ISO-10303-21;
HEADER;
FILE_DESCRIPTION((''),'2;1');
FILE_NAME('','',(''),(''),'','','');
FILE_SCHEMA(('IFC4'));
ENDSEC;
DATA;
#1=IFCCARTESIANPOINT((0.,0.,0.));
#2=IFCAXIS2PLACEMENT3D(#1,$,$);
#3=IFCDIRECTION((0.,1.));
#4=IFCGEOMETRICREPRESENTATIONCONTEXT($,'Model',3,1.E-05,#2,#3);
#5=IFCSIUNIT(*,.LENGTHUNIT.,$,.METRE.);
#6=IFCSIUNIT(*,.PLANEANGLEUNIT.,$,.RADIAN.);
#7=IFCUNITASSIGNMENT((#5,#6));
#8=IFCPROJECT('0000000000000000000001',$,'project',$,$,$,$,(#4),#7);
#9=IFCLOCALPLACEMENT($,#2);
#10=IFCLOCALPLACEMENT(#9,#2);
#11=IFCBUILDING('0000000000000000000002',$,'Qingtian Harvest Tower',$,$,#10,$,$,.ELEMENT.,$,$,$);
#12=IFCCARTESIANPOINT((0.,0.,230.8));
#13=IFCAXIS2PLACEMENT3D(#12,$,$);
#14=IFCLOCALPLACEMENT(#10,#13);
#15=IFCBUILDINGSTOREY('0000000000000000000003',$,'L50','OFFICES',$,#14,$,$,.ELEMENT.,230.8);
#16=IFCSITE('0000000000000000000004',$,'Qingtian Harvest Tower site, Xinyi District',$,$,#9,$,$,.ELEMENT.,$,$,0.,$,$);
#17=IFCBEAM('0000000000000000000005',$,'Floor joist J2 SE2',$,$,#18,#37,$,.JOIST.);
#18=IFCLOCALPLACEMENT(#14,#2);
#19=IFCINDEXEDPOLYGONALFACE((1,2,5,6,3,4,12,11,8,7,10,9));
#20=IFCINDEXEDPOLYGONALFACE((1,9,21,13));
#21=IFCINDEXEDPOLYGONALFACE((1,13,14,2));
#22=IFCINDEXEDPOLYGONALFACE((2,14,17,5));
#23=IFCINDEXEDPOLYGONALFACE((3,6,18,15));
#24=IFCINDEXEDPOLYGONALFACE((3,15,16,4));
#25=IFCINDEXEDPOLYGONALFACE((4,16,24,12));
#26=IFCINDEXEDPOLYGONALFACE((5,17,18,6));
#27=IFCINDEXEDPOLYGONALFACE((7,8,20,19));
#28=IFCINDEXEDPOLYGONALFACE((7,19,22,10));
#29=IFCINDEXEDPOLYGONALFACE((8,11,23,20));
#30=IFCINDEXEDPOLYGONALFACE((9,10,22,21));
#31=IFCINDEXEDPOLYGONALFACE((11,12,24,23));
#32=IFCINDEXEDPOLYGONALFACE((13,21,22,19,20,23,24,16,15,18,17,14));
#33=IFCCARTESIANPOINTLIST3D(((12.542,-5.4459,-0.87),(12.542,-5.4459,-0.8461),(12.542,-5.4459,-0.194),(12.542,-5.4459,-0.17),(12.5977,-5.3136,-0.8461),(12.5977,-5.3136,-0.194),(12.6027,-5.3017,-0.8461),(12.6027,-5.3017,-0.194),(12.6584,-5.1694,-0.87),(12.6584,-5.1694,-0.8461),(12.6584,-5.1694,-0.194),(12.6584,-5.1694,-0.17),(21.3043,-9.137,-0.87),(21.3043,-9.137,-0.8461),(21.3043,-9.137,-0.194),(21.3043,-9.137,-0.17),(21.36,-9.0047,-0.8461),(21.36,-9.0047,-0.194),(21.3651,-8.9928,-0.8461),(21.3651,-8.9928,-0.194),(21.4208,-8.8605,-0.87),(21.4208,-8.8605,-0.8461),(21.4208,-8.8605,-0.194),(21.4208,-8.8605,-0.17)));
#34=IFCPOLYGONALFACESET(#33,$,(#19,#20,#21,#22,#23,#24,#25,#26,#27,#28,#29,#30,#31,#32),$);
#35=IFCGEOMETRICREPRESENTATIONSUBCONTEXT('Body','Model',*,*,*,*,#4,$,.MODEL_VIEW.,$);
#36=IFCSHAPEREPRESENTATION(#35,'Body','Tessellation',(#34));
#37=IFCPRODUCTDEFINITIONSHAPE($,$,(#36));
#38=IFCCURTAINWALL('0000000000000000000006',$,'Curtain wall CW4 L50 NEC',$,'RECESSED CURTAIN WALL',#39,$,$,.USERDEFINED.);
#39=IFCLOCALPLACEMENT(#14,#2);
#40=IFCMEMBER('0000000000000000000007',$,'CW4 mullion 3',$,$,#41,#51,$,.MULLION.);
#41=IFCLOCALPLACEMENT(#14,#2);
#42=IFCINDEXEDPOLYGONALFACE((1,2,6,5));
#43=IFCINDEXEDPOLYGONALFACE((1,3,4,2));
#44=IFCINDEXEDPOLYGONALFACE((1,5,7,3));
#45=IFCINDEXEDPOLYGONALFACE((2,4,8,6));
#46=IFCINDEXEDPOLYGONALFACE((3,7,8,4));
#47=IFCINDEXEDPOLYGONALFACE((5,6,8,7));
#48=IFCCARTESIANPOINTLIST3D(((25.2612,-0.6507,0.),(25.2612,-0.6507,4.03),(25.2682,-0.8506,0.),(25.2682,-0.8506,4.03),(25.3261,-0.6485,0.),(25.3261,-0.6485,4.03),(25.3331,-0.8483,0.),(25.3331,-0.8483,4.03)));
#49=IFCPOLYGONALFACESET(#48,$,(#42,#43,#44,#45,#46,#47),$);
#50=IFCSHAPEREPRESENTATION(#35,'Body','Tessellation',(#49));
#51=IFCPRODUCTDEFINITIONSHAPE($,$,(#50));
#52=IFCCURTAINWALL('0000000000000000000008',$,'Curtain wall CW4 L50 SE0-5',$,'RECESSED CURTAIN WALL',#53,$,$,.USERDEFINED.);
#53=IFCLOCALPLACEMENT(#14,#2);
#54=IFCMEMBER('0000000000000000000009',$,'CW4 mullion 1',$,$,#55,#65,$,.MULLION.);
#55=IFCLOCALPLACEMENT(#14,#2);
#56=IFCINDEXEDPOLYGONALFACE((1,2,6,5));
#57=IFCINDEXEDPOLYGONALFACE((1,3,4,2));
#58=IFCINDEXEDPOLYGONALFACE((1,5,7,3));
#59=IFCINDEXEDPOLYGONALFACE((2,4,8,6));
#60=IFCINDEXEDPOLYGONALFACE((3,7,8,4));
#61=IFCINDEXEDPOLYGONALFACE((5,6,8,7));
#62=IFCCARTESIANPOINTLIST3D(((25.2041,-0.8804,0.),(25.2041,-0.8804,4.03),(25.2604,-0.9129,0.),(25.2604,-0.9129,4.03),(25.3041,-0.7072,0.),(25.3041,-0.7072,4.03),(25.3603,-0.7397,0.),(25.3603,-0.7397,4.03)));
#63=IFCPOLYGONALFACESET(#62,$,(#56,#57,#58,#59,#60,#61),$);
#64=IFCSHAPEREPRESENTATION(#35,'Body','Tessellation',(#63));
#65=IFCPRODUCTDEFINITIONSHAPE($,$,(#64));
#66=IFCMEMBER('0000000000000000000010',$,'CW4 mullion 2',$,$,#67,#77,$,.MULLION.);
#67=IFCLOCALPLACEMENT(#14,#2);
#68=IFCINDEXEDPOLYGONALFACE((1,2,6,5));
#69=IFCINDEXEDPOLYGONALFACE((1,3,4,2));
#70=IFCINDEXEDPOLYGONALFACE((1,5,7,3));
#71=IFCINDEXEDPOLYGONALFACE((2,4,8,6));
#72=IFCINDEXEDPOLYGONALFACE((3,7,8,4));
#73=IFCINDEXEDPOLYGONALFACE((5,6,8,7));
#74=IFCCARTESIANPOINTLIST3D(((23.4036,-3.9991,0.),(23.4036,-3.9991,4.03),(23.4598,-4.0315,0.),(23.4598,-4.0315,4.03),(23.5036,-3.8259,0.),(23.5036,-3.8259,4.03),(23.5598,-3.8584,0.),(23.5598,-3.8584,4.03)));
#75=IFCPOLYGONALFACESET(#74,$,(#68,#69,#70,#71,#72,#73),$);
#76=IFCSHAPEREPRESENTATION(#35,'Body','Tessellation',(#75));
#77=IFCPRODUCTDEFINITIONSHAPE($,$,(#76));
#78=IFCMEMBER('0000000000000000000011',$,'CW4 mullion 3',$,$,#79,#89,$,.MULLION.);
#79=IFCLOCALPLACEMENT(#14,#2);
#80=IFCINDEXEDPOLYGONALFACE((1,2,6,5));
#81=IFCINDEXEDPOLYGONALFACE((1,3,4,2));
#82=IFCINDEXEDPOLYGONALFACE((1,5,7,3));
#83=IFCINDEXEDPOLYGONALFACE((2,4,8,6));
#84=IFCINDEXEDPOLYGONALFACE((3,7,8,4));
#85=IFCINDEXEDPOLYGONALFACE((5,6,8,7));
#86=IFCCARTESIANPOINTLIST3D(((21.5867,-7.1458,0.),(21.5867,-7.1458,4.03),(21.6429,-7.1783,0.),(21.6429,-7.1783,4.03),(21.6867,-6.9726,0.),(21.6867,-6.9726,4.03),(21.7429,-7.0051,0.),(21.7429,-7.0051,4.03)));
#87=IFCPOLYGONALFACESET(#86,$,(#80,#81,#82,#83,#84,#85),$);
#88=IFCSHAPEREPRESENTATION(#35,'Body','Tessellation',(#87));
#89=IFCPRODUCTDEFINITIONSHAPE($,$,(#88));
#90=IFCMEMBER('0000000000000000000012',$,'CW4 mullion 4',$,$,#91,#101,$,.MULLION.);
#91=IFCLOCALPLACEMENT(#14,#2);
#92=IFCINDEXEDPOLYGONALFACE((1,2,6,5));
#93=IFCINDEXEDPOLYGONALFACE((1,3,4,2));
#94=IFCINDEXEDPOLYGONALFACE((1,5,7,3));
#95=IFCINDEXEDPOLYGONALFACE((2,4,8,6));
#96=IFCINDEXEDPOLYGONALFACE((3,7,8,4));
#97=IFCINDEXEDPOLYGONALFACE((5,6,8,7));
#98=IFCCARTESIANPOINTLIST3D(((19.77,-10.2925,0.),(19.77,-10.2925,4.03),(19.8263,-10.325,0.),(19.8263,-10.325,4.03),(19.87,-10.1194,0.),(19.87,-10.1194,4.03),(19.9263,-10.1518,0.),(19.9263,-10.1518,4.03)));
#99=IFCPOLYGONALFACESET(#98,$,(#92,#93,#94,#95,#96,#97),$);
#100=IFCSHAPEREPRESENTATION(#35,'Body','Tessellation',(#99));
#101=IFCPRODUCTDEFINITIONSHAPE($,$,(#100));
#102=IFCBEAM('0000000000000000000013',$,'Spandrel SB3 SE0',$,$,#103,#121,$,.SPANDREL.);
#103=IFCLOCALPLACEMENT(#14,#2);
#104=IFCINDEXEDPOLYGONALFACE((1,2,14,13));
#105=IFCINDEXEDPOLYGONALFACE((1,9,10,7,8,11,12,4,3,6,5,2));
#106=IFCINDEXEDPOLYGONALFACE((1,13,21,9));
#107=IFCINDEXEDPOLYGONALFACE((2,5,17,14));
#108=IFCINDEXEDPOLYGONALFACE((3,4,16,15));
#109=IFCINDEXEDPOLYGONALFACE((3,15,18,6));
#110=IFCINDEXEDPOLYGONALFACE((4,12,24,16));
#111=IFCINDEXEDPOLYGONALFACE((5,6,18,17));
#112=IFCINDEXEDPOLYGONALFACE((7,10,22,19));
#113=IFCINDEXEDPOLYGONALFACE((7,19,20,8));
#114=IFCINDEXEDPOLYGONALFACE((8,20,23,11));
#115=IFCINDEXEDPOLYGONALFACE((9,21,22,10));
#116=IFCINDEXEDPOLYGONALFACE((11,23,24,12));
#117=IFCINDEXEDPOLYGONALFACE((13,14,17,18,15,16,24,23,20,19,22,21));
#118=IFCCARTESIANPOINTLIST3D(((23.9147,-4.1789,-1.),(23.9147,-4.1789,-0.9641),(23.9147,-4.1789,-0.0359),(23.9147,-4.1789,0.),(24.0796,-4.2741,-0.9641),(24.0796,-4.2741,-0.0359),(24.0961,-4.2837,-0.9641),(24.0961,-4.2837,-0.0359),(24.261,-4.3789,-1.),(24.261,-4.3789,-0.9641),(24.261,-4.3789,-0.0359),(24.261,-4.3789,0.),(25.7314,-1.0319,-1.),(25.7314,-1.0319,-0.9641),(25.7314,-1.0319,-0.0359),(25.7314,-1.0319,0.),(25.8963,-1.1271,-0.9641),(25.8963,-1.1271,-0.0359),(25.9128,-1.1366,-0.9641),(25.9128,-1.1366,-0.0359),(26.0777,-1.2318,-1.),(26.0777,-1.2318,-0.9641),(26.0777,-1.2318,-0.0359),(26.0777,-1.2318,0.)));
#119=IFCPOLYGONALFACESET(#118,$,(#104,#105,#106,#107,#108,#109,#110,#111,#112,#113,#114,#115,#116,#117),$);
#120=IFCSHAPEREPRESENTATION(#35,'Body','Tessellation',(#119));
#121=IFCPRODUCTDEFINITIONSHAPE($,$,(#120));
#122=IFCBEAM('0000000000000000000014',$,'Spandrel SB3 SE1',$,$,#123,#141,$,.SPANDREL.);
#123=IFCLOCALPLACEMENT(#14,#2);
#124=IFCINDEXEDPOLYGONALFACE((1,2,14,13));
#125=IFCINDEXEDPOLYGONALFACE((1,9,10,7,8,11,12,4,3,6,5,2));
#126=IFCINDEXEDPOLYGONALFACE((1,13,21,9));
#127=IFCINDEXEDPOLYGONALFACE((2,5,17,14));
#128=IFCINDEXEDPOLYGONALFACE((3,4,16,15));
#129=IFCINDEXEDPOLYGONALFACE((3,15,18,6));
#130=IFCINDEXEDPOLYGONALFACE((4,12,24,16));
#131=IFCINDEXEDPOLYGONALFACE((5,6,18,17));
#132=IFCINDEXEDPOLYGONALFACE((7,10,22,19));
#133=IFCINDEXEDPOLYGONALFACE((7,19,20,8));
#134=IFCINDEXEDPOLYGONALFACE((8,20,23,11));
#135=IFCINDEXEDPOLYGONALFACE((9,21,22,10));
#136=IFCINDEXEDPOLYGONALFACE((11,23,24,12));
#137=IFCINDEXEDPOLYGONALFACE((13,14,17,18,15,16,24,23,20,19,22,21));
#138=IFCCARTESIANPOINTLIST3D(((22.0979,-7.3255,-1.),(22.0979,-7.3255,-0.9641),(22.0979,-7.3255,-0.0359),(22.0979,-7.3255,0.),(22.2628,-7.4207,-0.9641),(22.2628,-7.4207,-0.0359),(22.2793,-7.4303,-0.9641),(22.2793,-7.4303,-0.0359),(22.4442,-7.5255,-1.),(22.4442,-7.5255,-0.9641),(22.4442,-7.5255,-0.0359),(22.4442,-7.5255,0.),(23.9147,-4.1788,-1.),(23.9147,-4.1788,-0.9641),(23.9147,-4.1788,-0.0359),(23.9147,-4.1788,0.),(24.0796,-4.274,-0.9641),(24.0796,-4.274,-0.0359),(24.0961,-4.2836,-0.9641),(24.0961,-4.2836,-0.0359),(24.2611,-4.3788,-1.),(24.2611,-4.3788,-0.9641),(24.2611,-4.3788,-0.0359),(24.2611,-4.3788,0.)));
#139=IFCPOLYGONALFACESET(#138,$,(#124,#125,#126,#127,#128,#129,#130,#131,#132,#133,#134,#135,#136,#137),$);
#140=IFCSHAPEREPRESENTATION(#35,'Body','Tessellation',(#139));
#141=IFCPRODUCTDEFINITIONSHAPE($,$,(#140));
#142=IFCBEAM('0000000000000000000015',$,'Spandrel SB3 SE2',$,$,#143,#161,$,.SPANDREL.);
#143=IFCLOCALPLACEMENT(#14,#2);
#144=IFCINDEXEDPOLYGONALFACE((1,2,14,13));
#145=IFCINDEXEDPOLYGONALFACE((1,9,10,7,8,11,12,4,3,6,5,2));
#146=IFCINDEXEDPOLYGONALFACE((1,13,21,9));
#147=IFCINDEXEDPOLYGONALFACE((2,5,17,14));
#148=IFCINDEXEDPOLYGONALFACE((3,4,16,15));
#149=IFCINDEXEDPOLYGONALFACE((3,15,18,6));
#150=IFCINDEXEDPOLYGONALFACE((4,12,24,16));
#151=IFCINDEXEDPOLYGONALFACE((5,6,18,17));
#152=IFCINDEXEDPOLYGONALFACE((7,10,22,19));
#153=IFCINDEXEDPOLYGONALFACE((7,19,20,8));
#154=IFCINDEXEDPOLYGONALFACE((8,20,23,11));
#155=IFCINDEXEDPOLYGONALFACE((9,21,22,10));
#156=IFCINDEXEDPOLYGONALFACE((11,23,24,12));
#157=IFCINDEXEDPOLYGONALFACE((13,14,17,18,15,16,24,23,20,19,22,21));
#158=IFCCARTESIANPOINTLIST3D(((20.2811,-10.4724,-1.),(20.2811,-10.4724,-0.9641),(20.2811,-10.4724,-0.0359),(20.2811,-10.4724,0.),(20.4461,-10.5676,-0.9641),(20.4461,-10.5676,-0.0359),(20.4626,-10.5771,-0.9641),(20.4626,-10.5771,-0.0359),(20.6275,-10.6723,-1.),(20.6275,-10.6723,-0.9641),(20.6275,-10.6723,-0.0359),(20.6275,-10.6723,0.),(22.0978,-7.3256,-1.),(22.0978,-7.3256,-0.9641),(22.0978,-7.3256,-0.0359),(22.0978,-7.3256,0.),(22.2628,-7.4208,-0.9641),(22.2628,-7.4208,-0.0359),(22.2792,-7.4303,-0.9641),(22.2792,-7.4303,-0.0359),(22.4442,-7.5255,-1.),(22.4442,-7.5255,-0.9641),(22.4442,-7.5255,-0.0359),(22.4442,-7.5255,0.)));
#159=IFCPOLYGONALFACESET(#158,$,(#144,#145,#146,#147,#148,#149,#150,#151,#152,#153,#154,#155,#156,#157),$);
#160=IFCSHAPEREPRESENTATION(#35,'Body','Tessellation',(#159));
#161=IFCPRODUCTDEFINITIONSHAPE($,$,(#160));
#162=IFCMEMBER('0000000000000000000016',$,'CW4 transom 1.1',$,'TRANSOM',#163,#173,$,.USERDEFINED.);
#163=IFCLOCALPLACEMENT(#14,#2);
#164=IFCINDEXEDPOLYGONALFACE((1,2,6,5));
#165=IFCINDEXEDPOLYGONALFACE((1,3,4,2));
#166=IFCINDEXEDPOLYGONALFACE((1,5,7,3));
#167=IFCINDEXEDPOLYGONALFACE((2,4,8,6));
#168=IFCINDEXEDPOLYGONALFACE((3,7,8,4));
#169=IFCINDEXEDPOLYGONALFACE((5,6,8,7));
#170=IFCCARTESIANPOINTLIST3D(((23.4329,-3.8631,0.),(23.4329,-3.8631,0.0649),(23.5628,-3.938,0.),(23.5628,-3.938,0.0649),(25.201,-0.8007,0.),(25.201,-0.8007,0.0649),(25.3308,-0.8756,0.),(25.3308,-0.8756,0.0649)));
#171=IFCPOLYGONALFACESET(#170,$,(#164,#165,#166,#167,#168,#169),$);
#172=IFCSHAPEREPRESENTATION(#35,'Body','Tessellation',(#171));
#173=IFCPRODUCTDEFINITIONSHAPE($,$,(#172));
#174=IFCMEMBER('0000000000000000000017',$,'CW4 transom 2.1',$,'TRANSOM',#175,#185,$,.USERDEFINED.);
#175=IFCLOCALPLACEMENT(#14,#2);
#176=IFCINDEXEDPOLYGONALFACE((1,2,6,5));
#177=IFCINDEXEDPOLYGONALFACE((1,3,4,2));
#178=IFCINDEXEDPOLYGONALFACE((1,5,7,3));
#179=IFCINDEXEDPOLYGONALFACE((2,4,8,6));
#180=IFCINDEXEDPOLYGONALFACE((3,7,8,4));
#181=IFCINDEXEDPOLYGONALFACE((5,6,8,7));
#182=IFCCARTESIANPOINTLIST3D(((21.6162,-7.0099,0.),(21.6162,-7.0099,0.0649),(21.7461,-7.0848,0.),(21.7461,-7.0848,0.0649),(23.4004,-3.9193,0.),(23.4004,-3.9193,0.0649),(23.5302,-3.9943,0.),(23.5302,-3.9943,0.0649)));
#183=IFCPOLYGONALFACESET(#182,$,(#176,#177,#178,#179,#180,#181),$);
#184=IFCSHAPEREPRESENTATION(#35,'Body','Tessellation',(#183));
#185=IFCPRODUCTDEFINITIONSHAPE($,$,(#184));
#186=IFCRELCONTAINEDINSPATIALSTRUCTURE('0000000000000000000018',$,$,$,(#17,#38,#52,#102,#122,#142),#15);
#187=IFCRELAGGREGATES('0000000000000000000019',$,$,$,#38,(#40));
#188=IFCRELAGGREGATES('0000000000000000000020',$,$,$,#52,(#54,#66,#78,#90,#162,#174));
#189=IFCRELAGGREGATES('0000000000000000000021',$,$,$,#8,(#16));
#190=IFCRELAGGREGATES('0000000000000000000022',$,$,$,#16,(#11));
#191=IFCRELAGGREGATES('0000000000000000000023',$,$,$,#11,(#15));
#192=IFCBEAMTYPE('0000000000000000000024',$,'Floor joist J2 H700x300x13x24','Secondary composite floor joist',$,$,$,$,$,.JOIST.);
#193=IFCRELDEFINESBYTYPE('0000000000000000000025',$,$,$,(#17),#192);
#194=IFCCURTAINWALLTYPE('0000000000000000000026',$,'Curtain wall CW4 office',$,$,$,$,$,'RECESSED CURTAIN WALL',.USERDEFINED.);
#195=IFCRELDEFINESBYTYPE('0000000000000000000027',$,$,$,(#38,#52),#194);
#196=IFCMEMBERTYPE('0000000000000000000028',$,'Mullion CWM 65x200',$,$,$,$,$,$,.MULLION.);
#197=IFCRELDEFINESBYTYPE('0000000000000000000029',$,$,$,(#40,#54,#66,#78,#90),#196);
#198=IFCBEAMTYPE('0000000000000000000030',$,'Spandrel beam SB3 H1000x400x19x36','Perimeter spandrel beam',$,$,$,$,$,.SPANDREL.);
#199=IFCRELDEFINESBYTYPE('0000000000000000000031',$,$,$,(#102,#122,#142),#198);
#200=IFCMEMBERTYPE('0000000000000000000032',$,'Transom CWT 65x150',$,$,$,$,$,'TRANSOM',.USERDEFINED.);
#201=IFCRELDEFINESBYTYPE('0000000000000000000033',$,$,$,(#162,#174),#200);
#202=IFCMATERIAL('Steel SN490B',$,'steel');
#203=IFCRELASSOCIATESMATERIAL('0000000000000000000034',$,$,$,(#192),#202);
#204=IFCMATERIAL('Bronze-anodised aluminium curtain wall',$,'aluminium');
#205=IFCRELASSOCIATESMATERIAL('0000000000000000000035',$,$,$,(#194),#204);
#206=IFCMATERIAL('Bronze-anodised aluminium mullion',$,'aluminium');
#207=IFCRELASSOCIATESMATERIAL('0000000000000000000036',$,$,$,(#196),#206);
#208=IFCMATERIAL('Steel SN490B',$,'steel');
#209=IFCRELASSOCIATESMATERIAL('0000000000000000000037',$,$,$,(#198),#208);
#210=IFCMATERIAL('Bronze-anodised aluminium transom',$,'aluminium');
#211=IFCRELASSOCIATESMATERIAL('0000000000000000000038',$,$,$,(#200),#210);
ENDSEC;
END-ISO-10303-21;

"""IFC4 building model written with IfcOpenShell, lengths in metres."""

from ifc_helpers import new_model, si_unit, direction, frame, origin, origin_2d, place, context, subcontext, project, spatial, rectangle, i_section, extrude, material, material_profile, profile_set, type_object, element, aggregate, save


model = new_model("IFC4")

# Units and contexts
model_context = context("Model", 3, precision=1e-05, world=origin(), true_north=direction((0.0, 1.0)))
body_context = subcontext(model_context, "Body", "Model", "MODEL_VIEW")
ifc_project = project(units=[si_unit("LENGTHUNIT", "METRE"), si_unit("PLANEANGLEUNIT", "RADIAN")], contexts=[model_context])

# Site, building, storey
site_placement = place(None, origin())
site = spatial("IfcSite", under=ifc_project, at=site_placement, Name="Qingtian Harvest Tower site, Xinyi District", CompositionType="ELEMENT", RefElevation=0.0)
building_placement = place(site_placement, origin())
building = spatial("IfcBuilding", under=site, at=building_placement, Name="Qingtian Harvest Tower", CompositionType="ELEMENT")
storey_placement = place(building_placement, frame((0.0, 0.0, 230.8)))
storey = spatial("IfcBuildingStorey", under=building, at=storey_placement, Name="L50", Description="OFFICES", CompositionType="ELEMENT", Elevation=230.8)

# Beam
ifc_material_1 = material(Name="Steel SN490B", Category="steel")
ifc_material_profile_1 = material_profile(ifc_material_1, i_section(OverallWidth=0.3, OverallDepth=0.7, WebThickness=0.0129, FlangeThickness=0.0239, at=origin_2d()), Name="H700x300x13x24")
ifc_profile_set_1 = profile_set([ifc_material_profile_1], Name="Steel SN490B")
beam_type_1 = type_object("IfcBeamType", Name="Floor joist J2 H700x300x13x24", Description="Secondary composite floor joist", PredefinedType="JOIST", material=ifc_profile_set_1)
beam_1_placement = place(storey_placement, frame((21.3625, -8.9988, -0.52), z_axis=(-0.921571, 0.38821, 0.0), x_axis=(-0.38821, -0.921571, 0.0)))
element("IfcBeam", 1, at=beam_1_placement, inside=storey, type_object=beam_type_1, Name="Floor joist J2 SE2", PredefinedType="JOIST", context=body_context, shape_type="SweptSolid", body=[
    extrude(i_section(OverallWidth=0.3, OverallDepth=0.7, WebThickness=0.0129, FlangeThickness=0.0239, at=origin_2d()), origin(), (0.0, 0.0, 1.0), 9.5081),
])

# Curtain wall, member
ifc_material_2 = material(Name="Bronze-anodised aluminium curtain wall", Category="aluminium")
curtain_wall_type = type_object("IfcCurtainWallType", Name="Curtain wall CW4 office", ElementType="RECESSED CURTAIN WALL", PredefinedType="USERDEFINED", material=ifc_material_2)
curtain_wall_1_placement = place(storey_placement, origin())
curtain_wall_1 = element("IfcCurtainWall", 2, at=curtain_wall_1_placement, inside=storey, type_object=curtain_wall_type, Name="Curtain wall CW4 L50 NEC", ObjectType="RECESSED CURTAIN WALL", PredefinedType="USERDEFINED")
ifc_material_3 = material(Name="Bronze-anodised aluminium mullion", Category="aluminium")
ifc_material_profile_2 = material_profile(ifc_material_3, rectangle(XDim=0.0649, YDim=0.2, at=origin_2d()), Name="AL 65x200")
ifc_profile_set_2 = profile_set([ifc_material_profile_2], Name="Bronze-anodised aluminium mullion")
member_type_1 = type_object("IfcMemberType", Name="Mullion CWM 65x200", PredefinedType="MULLION", material=ifc_profile_set_2)
member_1_placement = place(storey_placement, frame((25.2971, -0.7495, 0.0), z_axis=(0.0, 0.0, 1.0), x_axis=(0.999391, 0.034899, 0.0)))
member_1 = element("IfcMember", 3, at=member_1_placement, type_object=member_type_1, Name="CW4 mullion 3", PredefinedType="MULLION", context=body_context, shape_type="SweptSolid", body=[
    extrude(rectangle(XDim=0.0649, YDim=0.2, at=origin_2d()), origin(), (0.0, 0.0, 1.0), 4.03),
])
aggregate(curtain_wall_1, [member_1])

# Curtain wall, members
curtain_wall_2_placement = place(storey_placement, origin())
curtain_wall_2 = element("IfcCurtainWall", 4, at=curtain_wall_2_placement, inside=storey, type_object=curtain_wall_type, Name="Curtain wall CW4 L50 SE0-5", ObjectType="RECESSED CURTAIN WALL", PredefinedType="USERDEFINED")
member_2_placement = place(storey_placement, frame((25.2822, -0.8101, 0.0), z_axis=(0.0, 0.0, 1.0), x_axis=(0.866025, -0.5, 0.0)))
member_2 = element("IfcMember", 5, at=member_2_placement, type_object=member_type_1, Name="CW4 mullion 1", PredefinedType="MULLION", context=body_context, shape_type="SweptSolid", body=[
    extrude(rectangle(XDim=0.0649, YDim=0.2, at=origin_2d()), origin(), (0.0, 0.0, 1.0), 4.03),
])
member_3_placement = place(storey_placement, frame((23.4817, -3.9287, 0.0), z_axis=(0.0, 0.0, 1.0), x_axis=(0.866025, -0.5, 0.0)))
member_3 = element("IfcMember", 6, at=member_3_placement, type_object=member_type_1, Name="CW4 mullion 2", PredefinedType="MULLION", context=body_context, shape_type="SweptSolid", body=[
    extrude(rectangle(XDim=0.0649, YDim=0.2, at=origin_2d()), origin(), (0.0, 0.0, 1.0), 4.03),
])
member_4_placement = place(storey_placement, frame((21.6648, -7.0754, 0.0), z_axis=(0.0, 0.0, 1.0), x_axis=(0.866025, -0.5, 0.0)))
member_4 = element("IfcMember", 7, at=member_4_placement, type_object=member_type_1, Name="CW4 mullion 3", PredefinedType="MULLION", context=body_context, shape_type="SweptSolid", body=[
    extrude(rectangle(XDim=0.0649, YDim=0.2, at=origin_2d()), origin(), (0.0, 0.0, 1.0), 4.03),
])
member_5_placement = place(storey_placement, frame((19.8481, -10.2222, 0.0), z_axis=(0.0, 0.0, 1.0), x_axis=(0.866025, -0.5, 0.0)))
member_5 = element("IfcMember", 8, at=member_5_placement, type_object=member_type_1, Name="CW4 mullion 4", PredefinedType="MULLION", context=body_context, shape_type="SweptSolid", body=[
    extrude(rectangle(XDim=0.0649, YDim=0.2, at=origin_2d()), origin(), (0.0, 0.0, 1.0), 4.03),
])

# Beams
ifc_material_4 = material(Name="Steel SN490B", Category="steel")
ifc_material_profile_3 = material_profile(ifc_material_4, i_section(OverallWidth=0.3999, OverallDepth=1.0, WebThickness=0.019, FlangeThickness=0.0359, at=origin_2d()), Name="H1000x400x19x36")
ifc_profile_set_3 = profile_set([ifc_material_profile_3], Name="Steel SN490B")
beam_type_2 = type_object("IfcBeamType", Name="Spandrel beam SB3 H1000x400x19x36", Description="Perimeter spandrel beam", PredefinedType="SPANDREL", material=ifc_profile_set_3)
beam_2_placement = place(storey_placement, frame((25.9045, -1.1318, -0.5), z_axis=(-0.499947, -0.866056, 0.0), x_axis=(0.866056, -0.499947, 0.0)))
element("IfcBeam", 9, at=beam_2_placement, inside=storey, type_object=beam_type_2, Name="Spandrel SB3 SE0", PredefinedType="SPANDREL", context=body_context, shape_type="SweptSolid", body=[
    extrude(i_section(OverallWidth=0.3999, OverallDepth=1.0, WebThickness=0.019, FlangeThickness=0.0359, at=origin_2d()), origin(), (0.0, 0.0, 1.0), 3.6338),
])
for number, where, z_axis, x_axis, name in (
    (10, (24.0879, -4.2788, -0.5), (-0.500027, -0.86601, 0.0), (0.86601, -0.500027, 0.0), "Spandrel SB3 SE1"),
    (11, (22.271, -7.4255, -0.5), (-0.499976, -0.866039, 0.0), (0.866039, -0.499976, 0.0), "Spandrel SB3 SE2"),
):
    element("IfcBeam", number, at=place(storey_placement, frame(where, z_axis=z_axis, x_axis=x_axis)), inside=storey, type_object=beam_type_2, Name=name, PredefinedType="SPANDREL", context=body_context, shape_type="SweptSolid", body=[
        extrude(i_section(OverallWidth=0.3999, OverallDepth=1.0, WebThickness=0.019, FlangeThickness=0.0359, at=origin_2d()), origin(), (0.0, 0.0, 1.0), 3.6335),
    ])

# Members
ifc_material_5 = material(Name="Bronze-anodised aluminium transom", Category="aluminium")
ifc_material_profile_4 = material_profile(ifc_material_5, rectangle(XDim=0.1499, YDim=0.0649, at=origin_2d()), Name="AL 65x150")
ifc_profile_set_4 = profile_set([ifc_material_profile_4], Name="Bronze-anodised aluminium transom")
member_type_2 = type_object("IfcMemberType", Name="Transom CWT 65x150", ElementType="TRANSOM", PredefinedType="USERDEFINED", material=ifc_profile_set_4)
member_6_placement = place(storey_placement, frame((25.2659, -0.8381, 0.0325), z_axis=(-0.499985, -0.866034, 0.0), x_axis=(0.866034, -0.499985, 0.0)))
member_6 = element("IfcMember", 12, at=member_6_placement, type_object=member_type_2, Name="CW4 transom 1.1", ObjectType="TRANSOM", PredefinedType="USERDEFINED", context=body_context, shape_type="SweptSolid", body=[
    extrude(rectangle(XDim=0.1499, YDim=0.0649, at=origin_2d()), origin(), (0.0, 0.0, 1.0), 3.5361),
])
member_7_placement = place(storey_placement, frame((23.4653, -3.9568, 0.0325), z_axis=(-0.499965, -0.866045, 0.0), x_axis=(0.866045, -0.499965, 0.0)))
member_7 = element("IfcMember", 13, at=member_7_placement, type_object=member_type_2, Name="CW4 transom 2.1", ObjectType="TRANSOM", PredefinedType="USERDEFINED", context=body_context, shape_type="SweptSolid", body=[
    extrude(rectangle(XDim=0.1499, YDim=0.0649, at=origin_2d()), origin(), (0.0, 0.0, 1.0), 3.5686),
])

aggregate(curtain_wall_2, [member_2, member_3, member_4, member_5, member_6, member_7])

save(model, "model.ifc")
